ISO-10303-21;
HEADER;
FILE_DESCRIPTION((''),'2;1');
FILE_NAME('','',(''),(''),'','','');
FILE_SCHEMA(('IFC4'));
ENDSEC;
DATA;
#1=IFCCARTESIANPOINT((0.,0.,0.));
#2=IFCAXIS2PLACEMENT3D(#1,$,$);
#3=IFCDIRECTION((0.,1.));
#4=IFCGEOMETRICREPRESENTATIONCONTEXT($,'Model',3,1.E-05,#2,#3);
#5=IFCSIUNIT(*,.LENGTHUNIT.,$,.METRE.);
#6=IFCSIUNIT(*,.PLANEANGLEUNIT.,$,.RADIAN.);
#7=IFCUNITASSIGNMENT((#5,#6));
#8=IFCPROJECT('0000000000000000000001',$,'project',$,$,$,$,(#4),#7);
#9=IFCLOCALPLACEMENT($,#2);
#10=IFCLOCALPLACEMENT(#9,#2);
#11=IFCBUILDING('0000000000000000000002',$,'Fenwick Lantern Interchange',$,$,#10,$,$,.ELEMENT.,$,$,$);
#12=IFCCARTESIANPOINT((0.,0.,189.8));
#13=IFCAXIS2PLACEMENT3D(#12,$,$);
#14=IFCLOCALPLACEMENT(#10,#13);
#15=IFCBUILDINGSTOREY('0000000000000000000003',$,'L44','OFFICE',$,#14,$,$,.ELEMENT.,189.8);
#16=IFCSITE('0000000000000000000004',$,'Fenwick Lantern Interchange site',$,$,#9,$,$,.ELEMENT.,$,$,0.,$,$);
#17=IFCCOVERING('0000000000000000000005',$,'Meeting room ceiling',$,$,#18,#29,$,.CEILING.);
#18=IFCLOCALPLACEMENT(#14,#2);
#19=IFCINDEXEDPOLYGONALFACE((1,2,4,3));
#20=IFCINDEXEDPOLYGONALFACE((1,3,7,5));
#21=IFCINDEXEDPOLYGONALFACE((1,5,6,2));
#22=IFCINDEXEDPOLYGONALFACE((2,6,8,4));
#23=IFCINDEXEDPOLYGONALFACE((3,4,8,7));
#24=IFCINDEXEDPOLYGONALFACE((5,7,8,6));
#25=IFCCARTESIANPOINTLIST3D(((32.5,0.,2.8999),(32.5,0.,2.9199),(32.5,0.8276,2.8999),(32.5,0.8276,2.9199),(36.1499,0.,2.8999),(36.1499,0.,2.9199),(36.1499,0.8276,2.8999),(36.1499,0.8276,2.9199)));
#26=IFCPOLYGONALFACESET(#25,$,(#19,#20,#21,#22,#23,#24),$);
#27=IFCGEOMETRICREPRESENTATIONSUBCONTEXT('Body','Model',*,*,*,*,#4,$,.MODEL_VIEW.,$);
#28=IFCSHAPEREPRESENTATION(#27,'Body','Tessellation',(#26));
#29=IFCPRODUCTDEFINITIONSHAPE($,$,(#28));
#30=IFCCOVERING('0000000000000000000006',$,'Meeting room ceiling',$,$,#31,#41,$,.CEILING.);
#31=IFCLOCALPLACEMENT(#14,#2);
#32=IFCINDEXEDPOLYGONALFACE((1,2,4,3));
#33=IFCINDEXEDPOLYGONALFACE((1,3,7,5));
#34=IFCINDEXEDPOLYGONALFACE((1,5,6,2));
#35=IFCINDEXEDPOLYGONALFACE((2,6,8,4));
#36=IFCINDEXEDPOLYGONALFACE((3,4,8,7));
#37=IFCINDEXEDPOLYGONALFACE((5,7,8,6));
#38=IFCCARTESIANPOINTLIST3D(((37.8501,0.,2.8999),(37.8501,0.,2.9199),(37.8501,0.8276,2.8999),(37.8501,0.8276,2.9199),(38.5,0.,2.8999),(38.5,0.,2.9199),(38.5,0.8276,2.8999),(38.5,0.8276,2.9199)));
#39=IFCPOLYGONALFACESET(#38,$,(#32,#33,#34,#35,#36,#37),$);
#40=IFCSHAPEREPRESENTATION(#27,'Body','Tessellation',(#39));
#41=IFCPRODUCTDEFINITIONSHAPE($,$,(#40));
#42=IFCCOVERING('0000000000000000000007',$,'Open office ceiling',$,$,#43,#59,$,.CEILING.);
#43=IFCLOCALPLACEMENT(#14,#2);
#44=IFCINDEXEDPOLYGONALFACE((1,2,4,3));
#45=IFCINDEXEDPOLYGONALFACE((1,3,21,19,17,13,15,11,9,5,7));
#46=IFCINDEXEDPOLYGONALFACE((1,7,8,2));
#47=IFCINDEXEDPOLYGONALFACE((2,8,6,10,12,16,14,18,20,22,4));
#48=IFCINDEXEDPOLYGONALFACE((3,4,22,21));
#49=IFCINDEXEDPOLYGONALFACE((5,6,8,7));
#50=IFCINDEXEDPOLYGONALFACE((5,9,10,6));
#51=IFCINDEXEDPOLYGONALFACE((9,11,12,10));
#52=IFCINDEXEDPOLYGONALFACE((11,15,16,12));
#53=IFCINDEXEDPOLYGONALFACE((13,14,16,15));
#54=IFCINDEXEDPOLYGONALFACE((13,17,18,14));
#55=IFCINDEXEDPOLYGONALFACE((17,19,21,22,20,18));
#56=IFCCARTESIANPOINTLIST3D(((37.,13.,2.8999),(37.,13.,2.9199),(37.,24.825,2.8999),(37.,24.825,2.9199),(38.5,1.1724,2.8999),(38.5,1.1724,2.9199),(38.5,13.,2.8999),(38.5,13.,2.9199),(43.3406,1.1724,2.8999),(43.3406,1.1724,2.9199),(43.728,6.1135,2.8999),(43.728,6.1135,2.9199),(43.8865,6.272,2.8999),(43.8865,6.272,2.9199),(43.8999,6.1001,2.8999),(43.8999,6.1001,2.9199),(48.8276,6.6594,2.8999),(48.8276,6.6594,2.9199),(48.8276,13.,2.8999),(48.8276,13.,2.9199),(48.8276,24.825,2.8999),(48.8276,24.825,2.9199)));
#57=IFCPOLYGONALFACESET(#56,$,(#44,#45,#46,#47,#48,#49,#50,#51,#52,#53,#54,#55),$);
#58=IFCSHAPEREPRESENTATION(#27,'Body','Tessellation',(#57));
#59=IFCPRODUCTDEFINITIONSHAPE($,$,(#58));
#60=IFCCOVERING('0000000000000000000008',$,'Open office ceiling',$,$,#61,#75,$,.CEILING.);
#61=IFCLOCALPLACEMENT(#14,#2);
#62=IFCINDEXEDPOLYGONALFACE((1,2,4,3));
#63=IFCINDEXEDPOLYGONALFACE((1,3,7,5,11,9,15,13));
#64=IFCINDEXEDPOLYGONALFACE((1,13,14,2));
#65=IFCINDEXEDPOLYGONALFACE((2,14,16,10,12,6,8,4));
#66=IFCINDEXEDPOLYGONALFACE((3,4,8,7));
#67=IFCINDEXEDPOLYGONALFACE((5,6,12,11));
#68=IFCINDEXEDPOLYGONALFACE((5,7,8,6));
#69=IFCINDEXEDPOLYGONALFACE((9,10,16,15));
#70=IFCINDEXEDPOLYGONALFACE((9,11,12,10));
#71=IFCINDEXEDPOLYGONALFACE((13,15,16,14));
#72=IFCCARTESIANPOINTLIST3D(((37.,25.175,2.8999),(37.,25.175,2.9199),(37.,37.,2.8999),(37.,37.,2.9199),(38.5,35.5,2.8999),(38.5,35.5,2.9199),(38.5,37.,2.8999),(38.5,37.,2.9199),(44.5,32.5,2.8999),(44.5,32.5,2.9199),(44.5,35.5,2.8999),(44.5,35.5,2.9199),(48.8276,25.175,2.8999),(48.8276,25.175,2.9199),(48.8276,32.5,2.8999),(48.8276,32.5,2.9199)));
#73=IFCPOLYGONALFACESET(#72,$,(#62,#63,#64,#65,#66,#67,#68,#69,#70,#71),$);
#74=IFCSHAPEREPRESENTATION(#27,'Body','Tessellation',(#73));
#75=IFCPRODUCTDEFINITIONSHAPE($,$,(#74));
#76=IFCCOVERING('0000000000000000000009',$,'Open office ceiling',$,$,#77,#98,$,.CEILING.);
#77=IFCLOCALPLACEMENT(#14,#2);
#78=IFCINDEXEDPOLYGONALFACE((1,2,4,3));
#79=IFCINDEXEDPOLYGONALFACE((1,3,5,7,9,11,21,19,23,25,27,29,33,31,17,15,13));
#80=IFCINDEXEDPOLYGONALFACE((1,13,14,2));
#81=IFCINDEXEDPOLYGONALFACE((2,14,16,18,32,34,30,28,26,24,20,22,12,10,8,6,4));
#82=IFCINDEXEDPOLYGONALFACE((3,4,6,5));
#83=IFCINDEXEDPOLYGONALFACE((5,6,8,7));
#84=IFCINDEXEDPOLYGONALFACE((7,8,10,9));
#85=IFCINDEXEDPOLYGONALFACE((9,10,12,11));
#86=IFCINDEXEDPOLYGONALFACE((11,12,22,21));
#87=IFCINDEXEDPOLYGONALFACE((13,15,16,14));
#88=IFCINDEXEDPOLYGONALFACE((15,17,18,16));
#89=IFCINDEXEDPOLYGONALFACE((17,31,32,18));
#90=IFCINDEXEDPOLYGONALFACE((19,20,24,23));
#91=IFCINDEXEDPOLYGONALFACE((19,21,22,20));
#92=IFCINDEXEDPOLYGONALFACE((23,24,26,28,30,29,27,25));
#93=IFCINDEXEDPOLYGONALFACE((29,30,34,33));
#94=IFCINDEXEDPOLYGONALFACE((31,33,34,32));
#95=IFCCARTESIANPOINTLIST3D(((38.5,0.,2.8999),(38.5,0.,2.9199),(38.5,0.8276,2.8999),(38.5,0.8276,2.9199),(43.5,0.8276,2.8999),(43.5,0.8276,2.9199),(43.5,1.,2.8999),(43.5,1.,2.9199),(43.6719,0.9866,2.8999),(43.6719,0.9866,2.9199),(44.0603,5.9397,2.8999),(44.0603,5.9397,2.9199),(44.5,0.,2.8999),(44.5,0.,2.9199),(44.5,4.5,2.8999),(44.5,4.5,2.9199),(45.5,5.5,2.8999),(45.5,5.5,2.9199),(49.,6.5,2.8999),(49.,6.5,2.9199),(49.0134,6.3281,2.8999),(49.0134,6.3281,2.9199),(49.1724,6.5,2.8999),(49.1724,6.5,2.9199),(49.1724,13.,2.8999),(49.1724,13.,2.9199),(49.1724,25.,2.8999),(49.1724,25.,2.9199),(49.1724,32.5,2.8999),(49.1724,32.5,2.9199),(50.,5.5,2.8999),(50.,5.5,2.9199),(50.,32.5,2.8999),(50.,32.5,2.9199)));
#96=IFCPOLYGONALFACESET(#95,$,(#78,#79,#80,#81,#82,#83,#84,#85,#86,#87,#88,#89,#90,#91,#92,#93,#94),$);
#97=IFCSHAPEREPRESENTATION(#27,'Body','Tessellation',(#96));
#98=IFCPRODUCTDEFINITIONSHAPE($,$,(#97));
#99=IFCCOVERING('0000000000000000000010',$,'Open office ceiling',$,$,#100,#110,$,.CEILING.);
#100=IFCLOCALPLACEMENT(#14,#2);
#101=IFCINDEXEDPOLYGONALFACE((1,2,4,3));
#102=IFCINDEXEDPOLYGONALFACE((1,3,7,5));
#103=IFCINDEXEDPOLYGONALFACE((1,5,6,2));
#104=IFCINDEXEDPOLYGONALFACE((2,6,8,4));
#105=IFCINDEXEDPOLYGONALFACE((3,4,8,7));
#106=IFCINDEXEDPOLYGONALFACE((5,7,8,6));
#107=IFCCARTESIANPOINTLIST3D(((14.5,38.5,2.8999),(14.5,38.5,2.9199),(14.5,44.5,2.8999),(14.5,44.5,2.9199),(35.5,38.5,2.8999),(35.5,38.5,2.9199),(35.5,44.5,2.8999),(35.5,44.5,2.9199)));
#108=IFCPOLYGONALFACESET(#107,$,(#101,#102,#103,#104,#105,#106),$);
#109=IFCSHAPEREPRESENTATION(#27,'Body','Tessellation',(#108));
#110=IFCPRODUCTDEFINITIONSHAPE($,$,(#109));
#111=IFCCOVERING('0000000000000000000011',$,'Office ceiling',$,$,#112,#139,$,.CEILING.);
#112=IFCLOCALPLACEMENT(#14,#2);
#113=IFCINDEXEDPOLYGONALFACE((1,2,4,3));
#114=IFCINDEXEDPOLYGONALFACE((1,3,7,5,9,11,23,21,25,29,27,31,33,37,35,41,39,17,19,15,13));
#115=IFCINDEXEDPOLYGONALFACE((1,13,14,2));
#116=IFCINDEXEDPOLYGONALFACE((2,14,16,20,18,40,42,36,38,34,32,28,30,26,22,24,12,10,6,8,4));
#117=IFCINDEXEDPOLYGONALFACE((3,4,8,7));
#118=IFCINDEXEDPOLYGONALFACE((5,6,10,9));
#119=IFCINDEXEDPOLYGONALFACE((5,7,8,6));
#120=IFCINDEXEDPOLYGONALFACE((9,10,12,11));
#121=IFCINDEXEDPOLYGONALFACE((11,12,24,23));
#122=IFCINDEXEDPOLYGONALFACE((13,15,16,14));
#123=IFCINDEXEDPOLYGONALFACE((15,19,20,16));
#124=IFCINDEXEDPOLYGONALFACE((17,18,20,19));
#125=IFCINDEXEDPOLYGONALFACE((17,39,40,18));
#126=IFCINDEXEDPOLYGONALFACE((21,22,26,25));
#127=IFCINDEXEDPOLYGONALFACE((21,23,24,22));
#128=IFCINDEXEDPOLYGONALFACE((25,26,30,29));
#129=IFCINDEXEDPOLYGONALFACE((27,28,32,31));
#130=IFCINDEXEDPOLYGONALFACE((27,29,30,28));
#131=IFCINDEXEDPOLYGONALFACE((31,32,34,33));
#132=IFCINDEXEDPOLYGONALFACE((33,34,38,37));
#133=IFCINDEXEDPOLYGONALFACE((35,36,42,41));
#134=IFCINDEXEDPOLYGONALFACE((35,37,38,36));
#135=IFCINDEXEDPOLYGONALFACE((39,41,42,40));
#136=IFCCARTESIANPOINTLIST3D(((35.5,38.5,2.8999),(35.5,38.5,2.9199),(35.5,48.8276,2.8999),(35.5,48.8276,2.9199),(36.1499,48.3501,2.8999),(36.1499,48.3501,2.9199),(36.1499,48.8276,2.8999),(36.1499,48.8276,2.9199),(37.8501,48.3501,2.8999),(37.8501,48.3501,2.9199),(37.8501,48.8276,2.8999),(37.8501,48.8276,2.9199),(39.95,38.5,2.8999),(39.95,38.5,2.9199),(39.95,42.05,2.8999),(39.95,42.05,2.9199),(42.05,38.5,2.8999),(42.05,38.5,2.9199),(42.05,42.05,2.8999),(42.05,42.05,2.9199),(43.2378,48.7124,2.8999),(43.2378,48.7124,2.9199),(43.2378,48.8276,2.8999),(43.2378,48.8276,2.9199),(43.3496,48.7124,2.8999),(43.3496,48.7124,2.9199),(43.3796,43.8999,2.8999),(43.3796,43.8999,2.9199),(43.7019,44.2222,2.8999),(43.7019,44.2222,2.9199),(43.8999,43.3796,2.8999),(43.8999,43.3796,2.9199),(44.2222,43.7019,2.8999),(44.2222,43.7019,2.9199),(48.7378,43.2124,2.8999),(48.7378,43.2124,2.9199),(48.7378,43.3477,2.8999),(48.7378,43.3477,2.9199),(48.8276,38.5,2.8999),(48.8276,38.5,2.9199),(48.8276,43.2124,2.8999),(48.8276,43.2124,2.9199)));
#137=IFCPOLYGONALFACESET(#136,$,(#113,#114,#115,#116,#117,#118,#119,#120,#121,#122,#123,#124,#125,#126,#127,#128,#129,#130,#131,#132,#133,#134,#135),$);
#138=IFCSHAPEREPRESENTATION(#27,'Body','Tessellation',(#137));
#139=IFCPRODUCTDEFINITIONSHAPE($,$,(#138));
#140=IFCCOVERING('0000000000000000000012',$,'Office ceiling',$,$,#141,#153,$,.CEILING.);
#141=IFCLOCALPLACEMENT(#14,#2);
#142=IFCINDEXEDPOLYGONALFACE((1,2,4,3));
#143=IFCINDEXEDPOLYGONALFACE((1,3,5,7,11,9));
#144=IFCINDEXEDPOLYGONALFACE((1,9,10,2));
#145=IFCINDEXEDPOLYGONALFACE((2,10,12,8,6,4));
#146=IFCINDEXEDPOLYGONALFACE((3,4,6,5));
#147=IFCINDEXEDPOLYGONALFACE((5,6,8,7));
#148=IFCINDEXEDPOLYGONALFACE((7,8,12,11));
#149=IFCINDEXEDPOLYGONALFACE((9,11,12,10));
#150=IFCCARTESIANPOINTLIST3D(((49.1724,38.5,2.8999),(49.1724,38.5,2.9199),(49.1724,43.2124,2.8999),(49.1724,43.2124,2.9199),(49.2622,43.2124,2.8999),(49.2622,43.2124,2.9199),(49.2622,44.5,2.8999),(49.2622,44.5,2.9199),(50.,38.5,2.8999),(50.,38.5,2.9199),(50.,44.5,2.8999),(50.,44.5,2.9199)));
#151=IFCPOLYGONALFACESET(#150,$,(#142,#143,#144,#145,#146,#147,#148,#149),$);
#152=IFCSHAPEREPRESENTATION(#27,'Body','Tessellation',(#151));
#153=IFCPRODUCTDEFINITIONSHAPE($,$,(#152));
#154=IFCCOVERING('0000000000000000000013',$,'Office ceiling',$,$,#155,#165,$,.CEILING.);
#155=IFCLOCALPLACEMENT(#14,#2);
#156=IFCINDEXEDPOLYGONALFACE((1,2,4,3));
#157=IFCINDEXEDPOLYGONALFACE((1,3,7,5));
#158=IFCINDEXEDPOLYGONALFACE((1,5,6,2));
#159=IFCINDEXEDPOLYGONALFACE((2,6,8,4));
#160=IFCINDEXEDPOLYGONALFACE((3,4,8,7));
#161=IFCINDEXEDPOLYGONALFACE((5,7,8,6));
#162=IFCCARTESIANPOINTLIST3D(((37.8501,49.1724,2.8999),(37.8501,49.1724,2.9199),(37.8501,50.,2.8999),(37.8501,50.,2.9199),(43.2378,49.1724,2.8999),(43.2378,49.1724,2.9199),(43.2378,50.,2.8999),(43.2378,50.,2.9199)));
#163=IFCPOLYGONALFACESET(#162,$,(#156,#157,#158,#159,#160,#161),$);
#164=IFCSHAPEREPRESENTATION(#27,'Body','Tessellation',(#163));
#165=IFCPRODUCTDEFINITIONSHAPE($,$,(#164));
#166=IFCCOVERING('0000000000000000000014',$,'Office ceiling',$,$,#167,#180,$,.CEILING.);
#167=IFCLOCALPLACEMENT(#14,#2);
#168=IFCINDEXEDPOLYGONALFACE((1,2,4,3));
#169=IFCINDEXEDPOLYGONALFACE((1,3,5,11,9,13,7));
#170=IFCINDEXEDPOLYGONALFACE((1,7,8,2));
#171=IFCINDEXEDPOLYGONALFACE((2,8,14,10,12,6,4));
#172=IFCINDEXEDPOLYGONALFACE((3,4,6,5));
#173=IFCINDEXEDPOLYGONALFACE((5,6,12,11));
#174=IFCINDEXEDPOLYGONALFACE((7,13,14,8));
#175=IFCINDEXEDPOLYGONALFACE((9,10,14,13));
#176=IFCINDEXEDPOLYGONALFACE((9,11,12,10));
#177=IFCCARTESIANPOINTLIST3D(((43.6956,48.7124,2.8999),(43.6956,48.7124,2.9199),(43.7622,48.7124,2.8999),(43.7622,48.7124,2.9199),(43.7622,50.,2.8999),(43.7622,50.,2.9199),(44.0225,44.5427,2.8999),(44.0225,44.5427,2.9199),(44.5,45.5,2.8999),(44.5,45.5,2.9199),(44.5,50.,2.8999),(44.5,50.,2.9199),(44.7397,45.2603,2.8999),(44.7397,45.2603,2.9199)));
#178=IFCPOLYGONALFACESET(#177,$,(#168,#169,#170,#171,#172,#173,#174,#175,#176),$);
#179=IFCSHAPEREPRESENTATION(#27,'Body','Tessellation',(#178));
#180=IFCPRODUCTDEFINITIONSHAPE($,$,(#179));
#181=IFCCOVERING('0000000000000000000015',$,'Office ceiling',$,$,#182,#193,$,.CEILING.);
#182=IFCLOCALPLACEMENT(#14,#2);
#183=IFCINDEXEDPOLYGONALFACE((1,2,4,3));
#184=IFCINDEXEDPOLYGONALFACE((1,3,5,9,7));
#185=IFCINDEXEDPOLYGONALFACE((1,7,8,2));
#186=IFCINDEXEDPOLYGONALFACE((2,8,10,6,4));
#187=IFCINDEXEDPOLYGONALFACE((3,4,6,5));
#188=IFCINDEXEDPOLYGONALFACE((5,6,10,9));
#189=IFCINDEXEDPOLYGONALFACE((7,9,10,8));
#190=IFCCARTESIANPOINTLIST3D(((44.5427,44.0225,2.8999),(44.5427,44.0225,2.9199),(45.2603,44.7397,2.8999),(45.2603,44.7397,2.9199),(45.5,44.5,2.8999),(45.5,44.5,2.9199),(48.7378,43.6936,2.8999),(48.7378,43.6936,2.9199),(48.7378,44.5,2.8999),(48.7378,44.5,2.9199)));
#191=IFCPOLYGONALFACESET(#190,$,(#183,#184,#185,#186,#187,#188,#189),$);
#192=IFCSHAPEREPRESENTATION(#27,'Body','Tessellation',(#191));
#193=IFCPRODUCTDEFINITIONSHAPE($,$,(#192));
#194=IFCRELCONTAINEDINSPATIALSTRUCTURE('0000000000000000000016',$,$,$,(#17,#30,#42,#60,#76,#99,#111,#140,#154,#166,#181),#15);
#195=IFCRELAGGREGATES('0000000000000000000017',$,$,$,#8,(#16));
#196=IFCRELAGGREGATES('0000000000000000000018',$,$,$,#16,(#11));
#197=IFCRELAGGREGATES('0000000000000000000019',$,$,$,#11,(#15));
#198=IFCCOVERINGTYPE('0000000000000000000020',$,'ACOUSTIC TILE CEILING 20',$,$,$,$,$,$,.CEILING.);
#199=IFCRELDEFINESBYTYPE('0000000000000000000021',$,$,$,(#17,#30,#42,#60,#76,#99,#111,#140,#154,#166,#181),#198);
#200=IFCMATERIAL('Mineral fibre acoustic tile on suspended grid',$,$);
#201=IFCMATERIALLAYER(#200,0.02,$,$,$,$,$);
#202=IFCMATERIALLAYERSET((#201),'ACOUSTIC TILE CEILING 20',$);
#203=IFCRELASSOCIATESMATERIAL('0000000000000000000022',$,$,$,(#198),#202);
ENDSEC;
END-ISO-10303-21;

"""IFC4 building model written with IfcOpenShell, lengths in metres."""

from ifc_helpers import new_model, si_unit, direction, frame, origin, place, context, subcontext, project, spatial, polyline, outline, extrude, material, layer, layer_set, type_object, element, save


model = new_model("IFC4")

# Units and contexts
model_context = context("Model", 3, precision=1e-05, world=origin(), true_north=direction((0.0, 1.0)))
body_context = subcontext(model_context, "Body", "Model", "MODEL_VIEW")
ifc_project = project(units=[si_unit("LENGTHUNIT", "METRE"), si_unit("PLANEANGLEUNIT", "RADIAN")], contexts=[model_context])

# Site, building, storey
site_placement = place(None, origin())
site = spatial("IfcSite", under=ifc_project, at=site_placement, Name="Fenwick Lantern Interchange site", CompositionType="ELEMENT", RefElevation=0.0)
building_placement = place(site_placement, origin())
building = spatial("IfcBuilding", under=site, at=building_placement, Name="Fenwick Lantern Interchange", CompositionType="ELEMENT")
storey_placement = place(building_placement, frame((0.0, 0.0, 189.8)))
storey = spatial("IfcBuildingStorey", under=building, at=storey_placement, Name="L44", Description="OFFICE", CompositionType="ELEMENT", Elevation=189.8)

# Coverings
ifc_material = material(Name="Mineral fibre acoustic tile on suspended grid")
ifc_layer = layer(ifc_material, 0.02)
ifc_layer_set = layer_set([ifc_layer], Name="ACOUSTIC TILE CEILING 20")
covering_type = type_object("IfcCoveringType", Name="ACOUSTIC TILE CEILING 20", PredefinedType="CEILING", material=ifc_layer_set)
covering_1_placement = place(storey_placement, frame((0.0, 0.0, 2.8999)))
element("IfcCovering", 1, at=covering_1_placement, inside=storey, type_object=covering_type, Name="Meeting room ceiling", PredefinedType="CEILING", context=body_context, shape_type="SweptSolid", body=[
    extrude(outline(polyline([(36.1499, 0.0), (36.1499, 0.8276), (32.5, 0.8276), (32.5, 0.0), (36.1499, 0.0)])), origin(), (0.0, 0.0, 1.0), 0.02),
])
covering_2_placement = place(storey_placement, frame((0.0, 0.0, 2.8999)))
element("IfcCovering", 2, at=covering_2_placement, inside=storey, type_object=covering_type, Name="Meeting room ceiling", PredefinedType="CEILING", context=body_context, shape_type="SweptSolid", body=[
    extrude(outline(polyline([(37.8501, 0.8276), (37.8501, 0.0), (38.5, 0.0), (38.5, 0.8276), (37.8501, 0.8276)])), origin(), (0.0, 0.0, 1.0), 0.02),
])
covering_3_placement = place(storey_placement, frame((0.0, 0.0, 2.8999)))
element("IfcCovering", 3, at=covering_3_placement, inside=storey, type_object=covering_type, Name="Open office ceiling", PredefinedType="CEILING", context=body_context, shape_type="SweptSolid", body=[
    extrude(outline(polyline([(38.5, 13.0), (38.5, 1.1724), (43.3406, 1.1724), (43.728, 6.1135), (43.8999, 6.1001), (43.8865, 6.272), (48.8276, 6.6594), (48.8276, 13.0), (48.8276, 24.825), (37.0, 24.825), (37.0, 13.0), (38.5, 13.0)])), origin(), (0.0, 0.0, 1.0), 0.02),
])
covering_4_placement = place(storey_placement, frame((0.0, 0.0, 2.8999)))
element("IfcCovering", 4, at=covering_4_placement, inside=storey, type_object=covering_type, Name="Open office ceiling", PredefinedType="CEILING", context=body_context, shape_type="SweptSolid", body=[
    extrude(outline(polyline([(37.0, 37.0), (37.0, 25.175), (48.8276, 25.175), (48.8276, 32.5), (44.5, 32.5), (44.5, 35.5), (38.5, 35.5), (38.5, 37.0), (37.0, 37.0)])), origin(), (0.0, 0.0, 1.0), 0.02),
])
covering_5_placement = place(storey_placement, frame((0.0, 0.0, 2.8999)))
element("IfcCovering", 5, at=covering_5_placement, inside=storey, type_object=covering_type, Name="Open office ceiling", PredefinedType="CEILING", context=body_context, shape_type="SweptSolid", body=[
    extrude(outline(polyline([(45.5, 5.5), (50.0, 5.5), (50.0, 32.5), (49.1724, 32.5), (49.1724, 25.0), (49.1724, 13.0), (49.1724, 6.5), (49.0, 6.5), (49.0134, 6.3281), (44.0603, 5.9397), (43.6719, 0.9866), (43.5, 1.0), (43.5, 0.8276), (38.5, 0.8276), (38.5, 0.0), (44.5, 0.0), (44.5, 4.5), (45.5, 5.5)])), origin(), (0.0, 0.0, 1.0), 0.02),
])
covering_6_placement = place(storey_placement, frame((0.0, 0.0, 2.8999)))
element("IfcCovering", 6, at=covering_6_placement, inside=storey, type_object=covering_type, Name="Open office ceiling", PredefinedType="CEILING", context=body_context, shape_type="SweptSolid", body=[
    extrude(outline(polyline([(35.5, 38.5), (35.5, 44.5), (14.5, 44.5), (14.5, 38.5), (35.5, 38.5)])), origin(), (0.0, 0.0, 1.0), 0.02),
])
covering_7_placement = place(storey_placement, frame((0.0, 0.0, 2.8999)))
element("IfcCovering", 7, at=covering_7_placement, inside=storey, type_object=covering_type, Name="Office ceiling", PredefinedType="CEILING", context=body_context, shape_type="SweptSolid", body=[
    extrude(outline(polyline([(42.05, 38.5), (48.8276, 38.5), (48.8276, 43.2124), (48.7378, 43.2124), (48.7378, 43.3477), (44.2222, 43.7019), (43.8999, 43.3796), (43.3796, 43.8999), (43.7019, 44.2222), (43.3496, 48.7124), (43.2378, 48.7124), (43.2378, 48.8276), (37.8501, 48.8276), (37.8501, 48.3501), (36.1499, 48.3501), (36.1499, 48.8276), (35.5, 48.8276), (35.5, 38.5), (39.95, 38.5), (39.95, 42.05), (42.05, 42.05), (42.05, 38.5)])), origin(), (0.0, 0.0, 1.0), 0.02),
])
covering_8_placement = place(storey_placement, frame((0.0, 0.0, 2.8999)))
element("IfcCovering", 8, at=covering_8_placement, inside=storey, type_object=covering_type, Name="Office ceiling", PredefinedType="CEILING", context=body_context, shape_type="SweptSolid", body=[
    extrude(outline(polyline([(49.2622, 44.5), (49.2622, 43.2124), (49.1724, 43.2124), (49.1724, 38.5), (50.0, 38.5), (50.0, 44.5), (49.2622, 44.5)])), origin(), (0.0, 0.0, 1.0), 0.02),
])
covering_9_placement = place(storey_placement, frame((0.0, 0.0, 2.8999)))
element("IfcCovering", 9, at=covering_9_placement, inside=storey, type_object=covering_type, Name="Office ceiling", PredefinedType="CEILING", context=body_context, shape_type="SweptSolid", body=[
    extrude(outline(polyline([(37.8501, 50.0), (37.8501, 49.1724), (43.2378, 49.1724), (43.2378, 50.0), (37.8501, 50.0)])), origin(), (0.0, 0.0, 1.0), 0.02),
])
covering_10_placement = place(storey_placement, frame((0.0, 0.0, 2.8999)))
element("IfcCovering", 10, at=covering_10_placement, inside=storey, type_object=covering_type, Name="Office ceiling", PredefinedType="CEILING", context=body_context, shape_type="SweptSolid", body=[
    extrude(outline(polyline([(43.7622, 48.7124), (43.6956, 48.7124), (44.0225, 44.5427), (44.7397, 45.2603), (44.5, 45.5), (44.5, 50.0), (43.7622, 50.0), (43.7622, 48.7124)])), origin(), (0.0, 0.0, 1.0), 0.02),
])
covering_11_placement = place(storey_placement, frame((0.0, 0.0, 2.8999)))
element("IfcCovering", 11, at=covering_11_placement, inside=storey, type_object=covering_type, Name="Office ceiling", PredefinedType="CEILING", context=body_context, shape_type="SweptSolid", body=[
    extrude(outline(polyline([(45.2603, 44.7397), (44.5427, 44.0225), (48.7378, 43.6936), (48.7378, 44.5), (45.5, 44.5), (45.2603, 44.7397)])), origin(), (0.0, 0.0, 1.0), 0.02),
])

save(model, "model.ifc")
